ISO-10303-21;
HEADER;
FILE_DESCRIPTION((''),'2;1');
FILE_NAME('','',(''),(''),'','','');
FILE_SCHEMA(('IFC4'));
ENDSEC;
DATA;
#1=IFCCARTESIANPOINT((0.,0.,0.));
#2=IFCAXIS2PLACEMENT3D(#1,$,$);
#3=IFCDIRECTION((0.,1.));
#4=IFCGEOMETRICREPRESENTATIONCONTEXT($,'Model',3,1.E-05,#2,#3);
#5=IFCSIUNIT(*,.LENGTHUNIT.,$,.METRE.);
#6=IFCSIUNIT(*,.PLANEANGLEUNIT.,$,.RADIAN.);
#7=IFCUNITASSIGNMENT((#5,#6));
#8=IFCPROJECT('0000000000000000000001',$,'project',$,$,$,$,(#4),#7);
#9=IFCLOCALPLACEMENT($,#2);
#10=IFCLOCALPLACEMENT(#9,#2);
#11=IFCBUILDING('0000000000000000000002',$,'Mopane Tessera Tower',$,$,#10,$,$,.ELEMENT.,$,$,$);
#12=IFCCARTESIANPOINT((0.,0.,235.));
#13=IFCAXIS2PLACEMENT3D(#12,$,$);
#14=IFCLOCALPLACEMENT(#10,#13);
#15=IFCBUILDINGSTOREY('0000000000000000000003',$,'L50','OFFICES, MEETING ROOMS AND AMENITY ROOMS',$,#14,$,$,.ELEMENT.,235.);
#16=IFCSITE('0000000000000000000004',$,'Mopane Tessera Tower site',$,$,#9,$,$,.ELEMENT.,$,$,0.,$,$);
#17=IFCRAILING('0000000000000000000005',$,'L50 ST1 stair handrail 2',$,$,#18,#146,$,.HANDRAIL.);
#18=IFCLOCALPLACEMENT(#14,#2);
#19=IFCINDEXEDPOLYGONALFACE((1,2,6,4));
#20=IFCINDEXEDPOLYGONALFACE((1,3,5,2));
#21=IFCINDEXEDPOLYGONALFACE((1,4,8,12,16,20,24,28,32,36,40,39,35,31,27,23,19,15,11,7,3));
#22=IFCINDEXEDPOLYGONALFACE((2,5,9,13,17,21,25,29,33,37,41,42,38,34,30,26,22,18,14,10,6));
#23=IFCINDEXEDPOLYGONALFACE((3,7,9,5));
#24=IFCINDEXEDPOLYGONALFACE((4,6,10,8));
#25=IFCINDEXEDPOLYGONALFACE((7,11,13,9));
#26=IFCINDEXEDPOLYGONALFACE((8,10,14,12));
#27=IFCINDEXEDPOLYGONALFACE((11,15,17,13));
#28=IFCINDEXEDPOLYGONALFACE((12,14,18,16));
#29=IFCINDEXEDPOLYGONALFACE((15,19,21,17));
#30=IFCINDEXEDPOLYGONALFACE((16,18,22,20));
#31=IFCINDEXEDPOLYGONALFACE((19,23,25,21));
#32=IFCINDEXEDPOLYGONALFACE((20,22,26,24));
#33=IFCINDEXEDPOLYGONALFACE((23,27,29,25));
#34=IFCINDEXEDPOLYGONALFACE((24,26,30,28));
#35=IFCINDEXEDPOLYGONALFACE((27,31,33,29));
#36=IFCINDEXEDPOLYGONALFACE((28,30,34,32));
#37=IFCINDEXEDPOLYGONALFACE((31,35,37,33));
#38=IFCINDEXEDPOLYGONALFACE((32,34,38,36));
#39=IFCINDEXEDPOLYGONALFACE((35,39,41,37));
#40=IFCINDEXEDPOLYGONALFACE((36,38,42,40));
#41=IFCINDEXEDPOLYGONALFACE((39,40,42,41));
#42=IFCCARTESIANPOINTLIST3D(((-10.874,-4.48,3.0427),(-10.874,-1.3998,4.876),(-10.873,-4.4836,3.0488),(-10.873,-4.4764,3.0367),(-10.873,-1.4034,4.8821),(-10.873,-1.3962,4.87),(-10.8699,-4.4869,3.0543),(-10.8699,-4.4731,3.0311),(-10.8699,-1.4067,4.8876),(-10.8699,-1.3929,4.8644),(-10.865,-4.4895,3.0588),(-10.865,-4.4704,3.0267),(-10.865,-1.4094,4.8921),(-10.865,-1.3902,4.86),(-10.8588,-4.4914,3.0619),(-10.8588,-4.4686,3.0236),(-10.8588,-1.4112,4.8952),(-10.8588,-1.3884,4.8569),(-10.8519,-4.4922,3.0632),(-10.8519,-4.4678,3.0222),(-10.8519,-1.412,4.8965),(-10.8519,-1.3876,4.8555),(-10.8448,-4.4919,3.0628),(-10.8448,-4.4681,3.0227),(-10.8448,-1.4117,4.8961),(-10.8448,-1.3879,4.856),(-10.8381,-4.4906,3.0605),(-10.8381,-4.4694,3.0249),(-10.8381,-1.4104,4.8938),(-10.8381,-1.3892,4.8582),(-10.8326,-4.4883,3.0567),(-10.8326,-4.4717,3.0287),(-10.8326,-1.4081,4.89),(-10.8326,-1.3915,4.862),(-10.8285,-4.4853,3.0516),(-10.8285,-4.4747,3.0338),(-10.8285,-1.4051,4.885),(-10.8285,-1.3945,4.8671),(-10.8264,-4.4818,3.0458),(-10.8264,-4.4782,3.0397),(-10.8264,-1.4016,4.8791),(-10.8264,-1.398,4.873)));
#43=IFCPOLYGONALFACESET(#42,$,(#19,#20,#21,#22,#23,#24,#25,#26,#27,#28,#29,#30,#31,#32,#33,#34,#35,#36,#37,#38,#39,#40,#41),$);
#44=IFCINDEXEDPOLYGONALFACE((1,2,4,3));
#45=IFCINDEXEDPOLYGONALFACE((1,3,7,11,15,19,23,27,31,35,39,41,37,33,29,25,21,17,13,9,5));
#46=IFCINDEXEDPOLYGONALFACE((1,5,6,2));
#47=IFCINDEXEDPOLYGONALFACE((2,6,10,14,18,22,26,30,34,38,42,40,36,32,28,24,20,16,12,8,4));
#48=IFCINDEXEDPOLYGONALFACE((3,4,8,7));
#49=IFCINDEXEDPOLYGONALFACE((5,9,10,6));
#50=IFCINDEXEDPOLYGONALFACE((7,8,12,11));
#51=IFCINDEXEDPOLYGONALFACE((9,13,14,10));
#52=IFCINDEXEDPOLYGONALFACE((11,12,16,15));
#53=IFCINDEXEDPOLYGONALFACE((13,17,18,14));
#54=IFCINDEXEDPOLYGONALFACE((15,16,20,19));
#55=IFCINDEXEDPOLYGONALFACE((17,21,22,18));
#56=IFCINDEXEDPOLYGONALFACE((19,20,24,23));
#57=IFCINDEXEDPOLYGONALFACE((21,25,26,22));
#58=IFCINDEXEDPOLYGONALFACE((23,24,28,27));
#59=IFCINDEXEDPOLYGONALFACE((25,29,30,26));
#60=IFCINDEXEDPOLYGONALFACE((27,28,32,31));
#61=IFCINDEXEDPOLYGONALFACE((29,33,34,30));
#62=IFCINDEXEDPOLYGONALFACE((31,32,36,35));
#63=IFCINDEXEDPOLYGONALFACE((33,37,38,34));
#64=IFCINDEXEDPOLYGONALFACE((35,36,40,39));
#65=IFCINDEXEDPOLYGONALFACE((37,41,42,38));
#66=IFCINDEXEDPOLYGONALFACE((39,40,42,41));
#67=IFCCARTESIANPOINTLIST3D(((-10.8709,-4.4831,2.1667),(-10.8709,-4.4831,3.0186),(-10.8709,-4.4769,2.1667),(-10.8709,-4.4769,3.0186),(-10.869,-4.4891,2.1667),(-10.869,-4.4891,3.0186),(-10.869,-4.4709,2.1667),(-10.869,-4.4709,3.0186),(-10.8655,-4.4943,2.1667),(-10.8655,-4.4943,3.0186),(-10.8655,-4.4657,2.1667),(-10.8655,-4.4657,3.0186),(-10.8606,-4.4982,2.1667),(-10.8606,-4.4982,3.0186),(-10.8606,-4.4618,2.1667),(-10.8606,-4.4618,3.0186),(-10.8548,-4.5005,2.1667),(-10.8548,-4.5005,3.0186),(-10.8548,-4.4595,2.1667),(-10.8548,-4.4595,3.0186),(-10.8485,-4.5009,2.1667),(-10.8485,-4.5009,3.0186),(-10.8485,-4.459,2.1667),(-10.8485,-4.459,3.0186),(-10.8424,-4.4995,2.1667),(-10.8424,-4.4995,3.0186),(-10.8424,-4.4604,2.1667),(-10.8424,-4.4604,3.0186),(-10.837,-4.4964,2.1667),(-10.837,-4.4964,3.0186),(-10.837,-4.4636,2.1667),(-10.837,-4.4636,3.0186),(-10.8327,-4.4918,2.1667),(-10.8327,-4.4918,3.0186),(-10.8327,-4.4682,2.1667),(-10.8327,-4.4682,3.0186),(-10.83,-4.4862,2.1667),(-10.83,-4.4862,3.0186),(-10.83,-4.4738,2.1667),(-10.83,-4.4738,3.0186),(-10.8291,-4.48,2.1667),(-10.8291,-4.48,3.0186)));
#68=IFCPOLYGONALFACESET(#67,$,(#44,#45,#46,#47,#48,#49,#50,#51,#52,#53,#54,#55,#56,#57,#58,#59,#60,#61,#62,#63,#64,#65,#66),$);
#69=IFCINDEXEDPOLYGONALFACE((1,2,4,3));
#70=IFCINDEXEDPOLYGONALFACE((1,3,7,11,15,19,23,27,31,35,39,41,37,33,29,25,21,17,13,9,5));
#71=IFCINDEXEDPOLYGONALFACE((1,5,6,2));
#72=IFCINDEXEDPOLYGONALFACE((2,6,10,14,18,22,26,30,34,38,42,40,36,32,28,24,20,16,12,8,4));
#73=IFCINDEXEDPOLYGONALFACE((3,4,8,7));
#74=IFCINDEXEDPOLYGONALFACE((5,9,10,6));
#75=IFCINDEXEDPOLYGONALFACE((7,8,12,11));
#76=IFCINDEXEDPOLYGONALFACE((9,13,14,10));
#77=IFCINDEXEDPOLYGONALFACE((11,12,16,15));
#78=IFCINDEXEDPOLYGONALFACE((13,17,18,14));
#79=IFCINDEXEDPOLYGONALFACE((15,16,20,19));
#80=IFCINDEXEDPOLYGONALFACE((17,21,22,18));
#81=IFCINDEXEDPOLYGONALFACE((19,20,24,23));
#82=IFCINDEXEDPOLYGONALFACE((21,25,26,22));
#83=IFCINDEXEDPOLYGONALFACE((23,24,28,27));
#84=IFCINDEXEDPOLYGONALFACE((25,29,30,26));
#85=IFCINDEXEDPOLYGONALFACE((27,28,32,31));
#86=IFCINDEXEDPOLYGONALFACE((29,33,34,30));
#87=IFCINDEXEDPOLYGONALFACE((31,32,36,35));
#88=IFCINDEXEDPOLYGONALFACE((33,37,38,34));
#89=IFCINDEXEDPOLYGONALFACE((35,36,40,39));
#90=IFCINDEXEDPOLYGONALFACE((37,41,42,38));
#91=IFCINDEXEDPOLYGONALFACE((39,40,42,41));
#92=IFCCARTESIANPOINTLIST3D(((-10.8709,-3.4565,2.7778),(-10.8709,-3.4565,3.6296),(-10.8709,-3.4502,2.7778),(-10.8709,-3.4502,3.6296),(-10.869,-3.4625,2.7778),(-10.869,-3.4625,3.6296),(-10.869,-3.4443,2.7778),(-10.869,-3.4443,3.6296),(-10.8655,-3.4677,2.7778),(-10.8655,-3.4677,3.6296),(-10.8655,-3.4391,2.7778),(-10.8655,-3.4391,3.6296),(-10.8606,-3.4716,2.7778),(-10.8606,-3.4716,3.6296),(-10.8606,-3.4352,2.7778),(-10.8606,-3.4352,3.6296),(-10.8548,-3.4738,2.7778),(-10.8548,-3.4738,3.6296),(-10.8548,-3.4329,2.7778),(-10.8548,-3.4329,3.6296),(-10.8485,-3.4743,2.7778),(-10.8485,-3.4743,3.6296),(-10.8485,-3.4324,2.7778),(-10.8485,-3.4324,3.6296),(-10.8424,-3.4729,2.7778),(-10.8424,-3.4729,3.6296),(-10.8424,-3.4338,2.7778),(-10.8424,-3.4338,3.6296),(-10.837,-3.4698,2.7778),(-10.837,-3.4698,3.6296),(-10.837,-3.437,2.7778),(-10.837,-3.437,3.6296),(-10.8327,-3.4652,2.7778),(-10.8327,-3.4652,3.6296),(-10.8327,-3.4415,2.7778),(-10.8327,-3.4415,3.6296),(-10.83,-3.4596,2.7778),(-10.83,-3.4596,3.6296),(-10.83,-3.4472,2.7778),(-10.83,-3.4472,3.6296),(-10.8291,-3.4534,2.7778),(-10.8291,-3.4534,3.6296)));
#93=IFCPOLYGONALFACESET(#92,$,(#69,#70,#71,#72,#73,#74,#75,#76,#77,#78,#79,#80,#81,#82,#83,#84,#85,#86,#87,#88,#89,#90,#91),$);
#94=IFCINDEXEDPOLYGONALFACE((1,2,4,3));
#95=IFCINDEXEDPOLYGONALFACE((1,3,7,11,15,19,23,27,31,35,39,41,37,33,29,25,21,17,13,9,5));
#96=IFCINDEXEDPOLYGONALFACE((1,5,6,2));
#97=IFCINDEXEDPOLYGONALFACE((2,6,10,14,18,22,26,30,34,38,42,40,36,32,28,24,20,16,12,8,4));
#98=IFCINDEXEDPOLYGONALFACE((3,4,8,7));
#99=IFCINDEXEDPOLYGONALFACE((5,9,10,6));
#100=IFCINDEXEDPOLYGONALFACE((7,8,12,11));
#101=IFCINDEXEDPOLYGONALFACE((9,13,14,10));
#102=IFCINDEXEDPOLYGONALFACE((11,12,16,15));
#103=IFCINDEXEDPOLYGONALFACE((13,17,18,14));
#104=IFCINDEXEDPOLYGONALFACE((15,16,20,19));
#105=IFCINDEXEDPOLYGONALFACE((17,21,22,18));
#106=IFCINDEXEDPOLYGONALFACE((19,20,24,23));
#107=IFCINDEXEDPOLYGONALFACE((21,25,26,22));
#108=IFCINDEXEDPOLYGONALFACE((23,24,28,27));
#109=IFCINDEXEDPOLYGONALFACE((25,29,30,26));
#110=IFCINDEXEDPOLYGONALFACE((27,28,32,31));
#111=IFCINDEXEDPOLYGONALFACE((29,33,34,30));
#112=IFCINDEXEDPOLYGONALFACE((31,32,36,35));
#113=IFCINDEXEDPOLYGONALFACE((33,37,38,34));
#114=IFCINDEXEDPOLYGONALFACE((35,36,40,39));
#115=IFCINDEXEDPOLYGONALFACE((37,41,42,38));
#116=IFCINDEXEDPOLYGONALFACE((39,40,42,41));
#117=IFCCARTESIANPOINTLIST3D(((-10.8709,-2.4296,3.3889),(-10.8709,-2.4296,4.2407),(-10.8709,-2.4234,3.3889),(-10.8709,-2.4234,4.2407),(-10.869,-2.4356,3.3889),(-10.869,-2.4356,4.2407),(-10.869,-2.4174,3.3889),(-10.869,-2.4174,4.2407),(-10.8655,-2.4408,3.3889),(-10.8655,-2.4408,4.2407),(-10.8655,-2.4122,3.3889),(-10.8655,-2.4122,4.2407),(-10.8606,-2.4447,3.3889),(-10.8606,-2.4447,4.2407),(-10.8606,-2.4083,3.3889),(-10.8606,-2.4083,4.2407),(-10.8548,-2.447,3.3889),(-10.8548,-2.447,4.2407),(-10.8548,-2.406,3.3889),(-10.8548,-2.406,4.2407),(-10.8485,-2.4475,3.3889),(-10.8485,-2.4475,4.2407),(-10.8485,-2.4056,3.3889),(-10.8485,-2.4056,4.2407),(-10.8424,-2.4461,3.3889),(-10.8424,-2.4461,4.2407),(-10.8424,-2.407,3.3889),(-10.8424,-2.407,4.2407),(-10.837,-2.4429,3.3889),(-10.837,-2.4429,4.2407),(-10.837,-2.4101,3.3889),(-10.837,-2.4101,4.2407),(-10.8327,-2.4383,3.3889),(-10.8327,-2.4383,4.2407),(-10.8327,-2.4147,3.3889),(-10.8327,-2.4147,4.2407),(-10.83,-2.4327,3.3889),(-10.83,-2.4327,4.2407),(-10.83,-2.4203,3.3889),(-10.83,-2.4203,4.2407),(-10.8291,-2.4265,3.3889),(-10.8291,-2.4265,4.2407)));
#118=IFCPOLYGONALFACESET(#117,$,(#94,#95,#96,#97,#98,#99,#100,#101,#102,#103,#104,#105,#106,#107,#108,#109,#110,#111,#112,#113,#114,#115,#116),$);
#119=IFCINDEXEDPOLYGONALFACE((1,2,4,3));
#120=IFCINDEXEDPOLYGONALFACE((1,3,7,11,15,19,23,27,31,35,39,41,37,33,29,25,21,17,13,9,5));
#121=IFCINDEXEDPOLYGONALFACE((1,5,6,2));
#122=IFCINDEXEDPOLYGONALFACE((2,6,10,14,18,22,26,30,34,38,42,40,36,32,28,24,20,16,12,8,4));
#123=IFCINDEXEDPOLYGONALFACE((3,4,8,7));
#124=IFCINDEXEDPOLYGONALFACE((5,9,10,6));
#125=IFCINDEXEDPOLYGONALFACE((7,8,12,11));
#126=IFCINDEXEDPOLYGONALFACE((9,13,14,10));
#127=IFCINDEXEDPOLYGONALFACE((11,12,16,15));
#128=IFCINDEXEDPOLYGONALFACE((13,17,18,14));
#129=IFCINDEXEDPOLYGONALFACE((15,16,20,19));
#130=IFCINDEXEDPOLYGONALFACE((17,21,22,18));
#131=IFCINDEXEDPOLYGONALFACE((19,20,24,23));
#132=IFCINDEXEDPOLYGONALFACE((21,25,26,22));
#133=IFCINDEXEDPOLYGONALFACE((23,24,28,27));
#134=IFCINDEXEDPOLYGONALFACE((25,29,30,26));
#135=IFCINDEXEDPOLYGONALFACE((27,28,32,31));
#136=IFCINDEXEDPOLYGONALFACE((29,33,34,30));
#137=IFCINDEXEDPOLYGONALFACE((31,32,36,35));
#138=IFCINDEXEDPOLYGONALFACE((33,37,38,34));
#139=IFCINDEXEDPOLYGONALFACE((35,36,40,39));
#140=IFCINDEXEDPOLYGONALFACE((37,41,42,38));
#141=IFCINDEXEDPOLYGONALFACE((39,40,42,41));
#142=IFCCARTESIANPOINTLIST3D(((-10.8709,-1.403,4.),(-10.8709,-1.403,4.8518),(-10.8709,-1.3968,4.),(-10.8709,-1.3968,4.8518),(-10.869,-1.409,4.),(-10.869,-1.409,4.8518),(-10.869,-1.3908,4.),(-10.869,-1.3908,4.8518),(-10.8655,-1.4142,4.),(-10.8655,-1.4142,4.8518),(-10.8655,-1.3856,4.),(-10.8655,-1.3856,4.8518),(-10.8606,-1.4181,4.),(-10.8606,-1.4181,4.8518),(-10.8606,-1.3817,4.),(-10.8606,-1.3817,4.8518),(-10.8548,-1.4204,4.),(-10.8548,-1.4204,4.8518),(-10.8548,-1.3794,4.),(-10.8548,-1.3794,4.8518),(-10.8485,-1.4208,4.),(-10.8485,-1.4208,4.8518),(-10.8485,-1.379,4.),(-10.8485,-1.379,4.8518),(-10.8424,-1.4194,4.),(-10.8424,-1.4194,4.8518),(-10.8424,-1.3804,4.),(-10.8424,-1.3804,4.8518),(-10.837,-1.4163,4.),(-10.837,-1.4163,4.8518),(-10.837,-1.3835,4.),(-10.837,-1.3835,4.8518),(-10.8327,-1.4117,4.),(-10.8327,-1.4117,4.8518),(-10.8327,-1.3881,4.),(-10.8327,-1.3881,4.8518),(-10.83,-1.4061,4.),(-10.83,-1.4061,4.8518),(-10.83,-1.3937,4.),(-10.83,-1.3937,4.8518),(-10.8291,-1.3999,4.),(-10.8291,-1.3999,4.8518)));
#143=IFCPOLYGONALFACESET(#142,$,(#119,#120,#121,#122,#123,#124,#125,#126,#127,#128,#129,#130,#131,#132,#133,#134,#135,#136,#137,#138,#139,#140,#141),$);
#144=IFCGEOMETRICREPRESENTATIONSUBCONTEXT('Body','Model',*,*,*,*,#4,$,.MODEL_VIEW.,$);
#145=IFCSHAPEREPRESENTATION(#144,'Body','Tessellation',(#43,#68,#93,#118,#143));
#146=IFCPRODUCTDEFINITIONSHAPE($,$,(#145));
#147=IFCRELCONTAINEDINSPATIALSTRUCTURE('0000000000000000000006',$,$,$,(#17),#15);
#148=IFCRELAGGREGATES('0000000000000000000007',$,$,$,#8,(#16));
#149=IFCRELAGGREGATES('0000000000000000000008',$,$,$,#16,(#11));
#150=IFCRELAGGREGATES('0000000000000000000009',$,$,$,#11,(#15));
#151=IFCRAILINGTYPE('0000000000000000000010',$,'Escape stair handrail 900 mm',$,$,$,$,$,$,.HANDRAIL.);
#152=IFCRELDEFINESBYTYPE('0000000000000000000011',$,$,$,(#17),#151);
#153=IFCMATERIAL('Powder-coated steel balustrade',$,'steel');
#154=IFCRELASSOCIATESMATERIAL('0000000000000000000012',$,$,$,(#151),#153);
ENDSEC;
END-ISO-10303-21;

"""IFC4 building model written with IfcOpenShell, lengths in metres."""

from ifc_helpers import new_model, si_unit, direction, frame, origin, origin_2d, place, context, subcontext, project, spatial, circle, extrude, material, type_object, element, save


model = new_model("IFC4")

# Units and contexts
model_context = context("Model", 3, precision=1e-05, world=origin(), true_north=direction((0.0, 1.0)))
body_context = subcontext(model_context, "Body", "Model", "MODEL_VIEW")
ifc_project = project(units=[si_unit("LENGTHUNIT", "METRE"), si_unit("PLANEANGLEUNIT", "RADIAN")], contexts=[model_context])

# Site, building, storey
site_placement = place(None, origin())
site = spatial("IfcSite", under=ifc_project, at=site_placement, Name="Mopane Tessera Tower site", CompositionType="ELEMENT", RefElevation=0.0)
building_placement = place(site_placement, origin())
building = spatial("IfcBuilding", under=site, at=building_placement, Name="Mopane Tessera Tower", CompositionType="ELEMENT")
storey_placement = place(building_placement, frame((0.0, 0.0, 235.0)))
storey = spatial("IfcBuildingStorey", under=building, at=storey_placement, Name="L50", Description="OFFICES, MEETING ROOMS AND AMENITY ROOMS", CompositionType="ELEMENT", Elevation=235.0)

# Railing
ifc_material_1 = material(Name="Powder-coated steel balustrade", Category="steel")
railing_type_1 = type_object("IfcRailingType", Name="Escape stair handrail 900 mm", PredefinedType="HANDRAIL", material=ifc_material_1)
railing_1_placement = place(storey_placement, frame((-10.8501, -4.48, 2.1667)))
element("IfcRailing", 1, at=railing_1_placement, inside=storey, type_object=railing_type_1, Name="L50 ST1 stair handrail 2", PredefinedType="HANDRAIL", context=body_context, shape_type="SweptSolid", body=[
    extrude(circle(Radius=0.0239, at=origin_2d()), frame((0.0, 0.0, 0.876), z_axis=(0.0, 0.859309, 0.511458), x_axis=(-1.0, 0.0, 0.0)), (0.0, 0.0, 1.0), 3.5845),
    extrude(circle(Radius=0.021, at=origin_2d()), origin(), (0.0, 0.0, 1.0), 0.8518),
    extrude(circle(Radius=0.021, at=origin_2d()), frame((0.0, 1.0266, 0.6111)), (0.0, 0.0, 1.0), 0.8518),
    extrude(circle(Radius=0.021, at=origin_2d()), frame((0.0, 2.0535, 1.2222)), (0.0, 0.0, 1.0), 0.8518),
    extrude(circle(Radius=0.021, at=origin_2d()), frame((0.0, 3.0801, 1.8333)), (0.0, 0.0, 1.0), 0.8518),
])

save(model, "model.ifc")
